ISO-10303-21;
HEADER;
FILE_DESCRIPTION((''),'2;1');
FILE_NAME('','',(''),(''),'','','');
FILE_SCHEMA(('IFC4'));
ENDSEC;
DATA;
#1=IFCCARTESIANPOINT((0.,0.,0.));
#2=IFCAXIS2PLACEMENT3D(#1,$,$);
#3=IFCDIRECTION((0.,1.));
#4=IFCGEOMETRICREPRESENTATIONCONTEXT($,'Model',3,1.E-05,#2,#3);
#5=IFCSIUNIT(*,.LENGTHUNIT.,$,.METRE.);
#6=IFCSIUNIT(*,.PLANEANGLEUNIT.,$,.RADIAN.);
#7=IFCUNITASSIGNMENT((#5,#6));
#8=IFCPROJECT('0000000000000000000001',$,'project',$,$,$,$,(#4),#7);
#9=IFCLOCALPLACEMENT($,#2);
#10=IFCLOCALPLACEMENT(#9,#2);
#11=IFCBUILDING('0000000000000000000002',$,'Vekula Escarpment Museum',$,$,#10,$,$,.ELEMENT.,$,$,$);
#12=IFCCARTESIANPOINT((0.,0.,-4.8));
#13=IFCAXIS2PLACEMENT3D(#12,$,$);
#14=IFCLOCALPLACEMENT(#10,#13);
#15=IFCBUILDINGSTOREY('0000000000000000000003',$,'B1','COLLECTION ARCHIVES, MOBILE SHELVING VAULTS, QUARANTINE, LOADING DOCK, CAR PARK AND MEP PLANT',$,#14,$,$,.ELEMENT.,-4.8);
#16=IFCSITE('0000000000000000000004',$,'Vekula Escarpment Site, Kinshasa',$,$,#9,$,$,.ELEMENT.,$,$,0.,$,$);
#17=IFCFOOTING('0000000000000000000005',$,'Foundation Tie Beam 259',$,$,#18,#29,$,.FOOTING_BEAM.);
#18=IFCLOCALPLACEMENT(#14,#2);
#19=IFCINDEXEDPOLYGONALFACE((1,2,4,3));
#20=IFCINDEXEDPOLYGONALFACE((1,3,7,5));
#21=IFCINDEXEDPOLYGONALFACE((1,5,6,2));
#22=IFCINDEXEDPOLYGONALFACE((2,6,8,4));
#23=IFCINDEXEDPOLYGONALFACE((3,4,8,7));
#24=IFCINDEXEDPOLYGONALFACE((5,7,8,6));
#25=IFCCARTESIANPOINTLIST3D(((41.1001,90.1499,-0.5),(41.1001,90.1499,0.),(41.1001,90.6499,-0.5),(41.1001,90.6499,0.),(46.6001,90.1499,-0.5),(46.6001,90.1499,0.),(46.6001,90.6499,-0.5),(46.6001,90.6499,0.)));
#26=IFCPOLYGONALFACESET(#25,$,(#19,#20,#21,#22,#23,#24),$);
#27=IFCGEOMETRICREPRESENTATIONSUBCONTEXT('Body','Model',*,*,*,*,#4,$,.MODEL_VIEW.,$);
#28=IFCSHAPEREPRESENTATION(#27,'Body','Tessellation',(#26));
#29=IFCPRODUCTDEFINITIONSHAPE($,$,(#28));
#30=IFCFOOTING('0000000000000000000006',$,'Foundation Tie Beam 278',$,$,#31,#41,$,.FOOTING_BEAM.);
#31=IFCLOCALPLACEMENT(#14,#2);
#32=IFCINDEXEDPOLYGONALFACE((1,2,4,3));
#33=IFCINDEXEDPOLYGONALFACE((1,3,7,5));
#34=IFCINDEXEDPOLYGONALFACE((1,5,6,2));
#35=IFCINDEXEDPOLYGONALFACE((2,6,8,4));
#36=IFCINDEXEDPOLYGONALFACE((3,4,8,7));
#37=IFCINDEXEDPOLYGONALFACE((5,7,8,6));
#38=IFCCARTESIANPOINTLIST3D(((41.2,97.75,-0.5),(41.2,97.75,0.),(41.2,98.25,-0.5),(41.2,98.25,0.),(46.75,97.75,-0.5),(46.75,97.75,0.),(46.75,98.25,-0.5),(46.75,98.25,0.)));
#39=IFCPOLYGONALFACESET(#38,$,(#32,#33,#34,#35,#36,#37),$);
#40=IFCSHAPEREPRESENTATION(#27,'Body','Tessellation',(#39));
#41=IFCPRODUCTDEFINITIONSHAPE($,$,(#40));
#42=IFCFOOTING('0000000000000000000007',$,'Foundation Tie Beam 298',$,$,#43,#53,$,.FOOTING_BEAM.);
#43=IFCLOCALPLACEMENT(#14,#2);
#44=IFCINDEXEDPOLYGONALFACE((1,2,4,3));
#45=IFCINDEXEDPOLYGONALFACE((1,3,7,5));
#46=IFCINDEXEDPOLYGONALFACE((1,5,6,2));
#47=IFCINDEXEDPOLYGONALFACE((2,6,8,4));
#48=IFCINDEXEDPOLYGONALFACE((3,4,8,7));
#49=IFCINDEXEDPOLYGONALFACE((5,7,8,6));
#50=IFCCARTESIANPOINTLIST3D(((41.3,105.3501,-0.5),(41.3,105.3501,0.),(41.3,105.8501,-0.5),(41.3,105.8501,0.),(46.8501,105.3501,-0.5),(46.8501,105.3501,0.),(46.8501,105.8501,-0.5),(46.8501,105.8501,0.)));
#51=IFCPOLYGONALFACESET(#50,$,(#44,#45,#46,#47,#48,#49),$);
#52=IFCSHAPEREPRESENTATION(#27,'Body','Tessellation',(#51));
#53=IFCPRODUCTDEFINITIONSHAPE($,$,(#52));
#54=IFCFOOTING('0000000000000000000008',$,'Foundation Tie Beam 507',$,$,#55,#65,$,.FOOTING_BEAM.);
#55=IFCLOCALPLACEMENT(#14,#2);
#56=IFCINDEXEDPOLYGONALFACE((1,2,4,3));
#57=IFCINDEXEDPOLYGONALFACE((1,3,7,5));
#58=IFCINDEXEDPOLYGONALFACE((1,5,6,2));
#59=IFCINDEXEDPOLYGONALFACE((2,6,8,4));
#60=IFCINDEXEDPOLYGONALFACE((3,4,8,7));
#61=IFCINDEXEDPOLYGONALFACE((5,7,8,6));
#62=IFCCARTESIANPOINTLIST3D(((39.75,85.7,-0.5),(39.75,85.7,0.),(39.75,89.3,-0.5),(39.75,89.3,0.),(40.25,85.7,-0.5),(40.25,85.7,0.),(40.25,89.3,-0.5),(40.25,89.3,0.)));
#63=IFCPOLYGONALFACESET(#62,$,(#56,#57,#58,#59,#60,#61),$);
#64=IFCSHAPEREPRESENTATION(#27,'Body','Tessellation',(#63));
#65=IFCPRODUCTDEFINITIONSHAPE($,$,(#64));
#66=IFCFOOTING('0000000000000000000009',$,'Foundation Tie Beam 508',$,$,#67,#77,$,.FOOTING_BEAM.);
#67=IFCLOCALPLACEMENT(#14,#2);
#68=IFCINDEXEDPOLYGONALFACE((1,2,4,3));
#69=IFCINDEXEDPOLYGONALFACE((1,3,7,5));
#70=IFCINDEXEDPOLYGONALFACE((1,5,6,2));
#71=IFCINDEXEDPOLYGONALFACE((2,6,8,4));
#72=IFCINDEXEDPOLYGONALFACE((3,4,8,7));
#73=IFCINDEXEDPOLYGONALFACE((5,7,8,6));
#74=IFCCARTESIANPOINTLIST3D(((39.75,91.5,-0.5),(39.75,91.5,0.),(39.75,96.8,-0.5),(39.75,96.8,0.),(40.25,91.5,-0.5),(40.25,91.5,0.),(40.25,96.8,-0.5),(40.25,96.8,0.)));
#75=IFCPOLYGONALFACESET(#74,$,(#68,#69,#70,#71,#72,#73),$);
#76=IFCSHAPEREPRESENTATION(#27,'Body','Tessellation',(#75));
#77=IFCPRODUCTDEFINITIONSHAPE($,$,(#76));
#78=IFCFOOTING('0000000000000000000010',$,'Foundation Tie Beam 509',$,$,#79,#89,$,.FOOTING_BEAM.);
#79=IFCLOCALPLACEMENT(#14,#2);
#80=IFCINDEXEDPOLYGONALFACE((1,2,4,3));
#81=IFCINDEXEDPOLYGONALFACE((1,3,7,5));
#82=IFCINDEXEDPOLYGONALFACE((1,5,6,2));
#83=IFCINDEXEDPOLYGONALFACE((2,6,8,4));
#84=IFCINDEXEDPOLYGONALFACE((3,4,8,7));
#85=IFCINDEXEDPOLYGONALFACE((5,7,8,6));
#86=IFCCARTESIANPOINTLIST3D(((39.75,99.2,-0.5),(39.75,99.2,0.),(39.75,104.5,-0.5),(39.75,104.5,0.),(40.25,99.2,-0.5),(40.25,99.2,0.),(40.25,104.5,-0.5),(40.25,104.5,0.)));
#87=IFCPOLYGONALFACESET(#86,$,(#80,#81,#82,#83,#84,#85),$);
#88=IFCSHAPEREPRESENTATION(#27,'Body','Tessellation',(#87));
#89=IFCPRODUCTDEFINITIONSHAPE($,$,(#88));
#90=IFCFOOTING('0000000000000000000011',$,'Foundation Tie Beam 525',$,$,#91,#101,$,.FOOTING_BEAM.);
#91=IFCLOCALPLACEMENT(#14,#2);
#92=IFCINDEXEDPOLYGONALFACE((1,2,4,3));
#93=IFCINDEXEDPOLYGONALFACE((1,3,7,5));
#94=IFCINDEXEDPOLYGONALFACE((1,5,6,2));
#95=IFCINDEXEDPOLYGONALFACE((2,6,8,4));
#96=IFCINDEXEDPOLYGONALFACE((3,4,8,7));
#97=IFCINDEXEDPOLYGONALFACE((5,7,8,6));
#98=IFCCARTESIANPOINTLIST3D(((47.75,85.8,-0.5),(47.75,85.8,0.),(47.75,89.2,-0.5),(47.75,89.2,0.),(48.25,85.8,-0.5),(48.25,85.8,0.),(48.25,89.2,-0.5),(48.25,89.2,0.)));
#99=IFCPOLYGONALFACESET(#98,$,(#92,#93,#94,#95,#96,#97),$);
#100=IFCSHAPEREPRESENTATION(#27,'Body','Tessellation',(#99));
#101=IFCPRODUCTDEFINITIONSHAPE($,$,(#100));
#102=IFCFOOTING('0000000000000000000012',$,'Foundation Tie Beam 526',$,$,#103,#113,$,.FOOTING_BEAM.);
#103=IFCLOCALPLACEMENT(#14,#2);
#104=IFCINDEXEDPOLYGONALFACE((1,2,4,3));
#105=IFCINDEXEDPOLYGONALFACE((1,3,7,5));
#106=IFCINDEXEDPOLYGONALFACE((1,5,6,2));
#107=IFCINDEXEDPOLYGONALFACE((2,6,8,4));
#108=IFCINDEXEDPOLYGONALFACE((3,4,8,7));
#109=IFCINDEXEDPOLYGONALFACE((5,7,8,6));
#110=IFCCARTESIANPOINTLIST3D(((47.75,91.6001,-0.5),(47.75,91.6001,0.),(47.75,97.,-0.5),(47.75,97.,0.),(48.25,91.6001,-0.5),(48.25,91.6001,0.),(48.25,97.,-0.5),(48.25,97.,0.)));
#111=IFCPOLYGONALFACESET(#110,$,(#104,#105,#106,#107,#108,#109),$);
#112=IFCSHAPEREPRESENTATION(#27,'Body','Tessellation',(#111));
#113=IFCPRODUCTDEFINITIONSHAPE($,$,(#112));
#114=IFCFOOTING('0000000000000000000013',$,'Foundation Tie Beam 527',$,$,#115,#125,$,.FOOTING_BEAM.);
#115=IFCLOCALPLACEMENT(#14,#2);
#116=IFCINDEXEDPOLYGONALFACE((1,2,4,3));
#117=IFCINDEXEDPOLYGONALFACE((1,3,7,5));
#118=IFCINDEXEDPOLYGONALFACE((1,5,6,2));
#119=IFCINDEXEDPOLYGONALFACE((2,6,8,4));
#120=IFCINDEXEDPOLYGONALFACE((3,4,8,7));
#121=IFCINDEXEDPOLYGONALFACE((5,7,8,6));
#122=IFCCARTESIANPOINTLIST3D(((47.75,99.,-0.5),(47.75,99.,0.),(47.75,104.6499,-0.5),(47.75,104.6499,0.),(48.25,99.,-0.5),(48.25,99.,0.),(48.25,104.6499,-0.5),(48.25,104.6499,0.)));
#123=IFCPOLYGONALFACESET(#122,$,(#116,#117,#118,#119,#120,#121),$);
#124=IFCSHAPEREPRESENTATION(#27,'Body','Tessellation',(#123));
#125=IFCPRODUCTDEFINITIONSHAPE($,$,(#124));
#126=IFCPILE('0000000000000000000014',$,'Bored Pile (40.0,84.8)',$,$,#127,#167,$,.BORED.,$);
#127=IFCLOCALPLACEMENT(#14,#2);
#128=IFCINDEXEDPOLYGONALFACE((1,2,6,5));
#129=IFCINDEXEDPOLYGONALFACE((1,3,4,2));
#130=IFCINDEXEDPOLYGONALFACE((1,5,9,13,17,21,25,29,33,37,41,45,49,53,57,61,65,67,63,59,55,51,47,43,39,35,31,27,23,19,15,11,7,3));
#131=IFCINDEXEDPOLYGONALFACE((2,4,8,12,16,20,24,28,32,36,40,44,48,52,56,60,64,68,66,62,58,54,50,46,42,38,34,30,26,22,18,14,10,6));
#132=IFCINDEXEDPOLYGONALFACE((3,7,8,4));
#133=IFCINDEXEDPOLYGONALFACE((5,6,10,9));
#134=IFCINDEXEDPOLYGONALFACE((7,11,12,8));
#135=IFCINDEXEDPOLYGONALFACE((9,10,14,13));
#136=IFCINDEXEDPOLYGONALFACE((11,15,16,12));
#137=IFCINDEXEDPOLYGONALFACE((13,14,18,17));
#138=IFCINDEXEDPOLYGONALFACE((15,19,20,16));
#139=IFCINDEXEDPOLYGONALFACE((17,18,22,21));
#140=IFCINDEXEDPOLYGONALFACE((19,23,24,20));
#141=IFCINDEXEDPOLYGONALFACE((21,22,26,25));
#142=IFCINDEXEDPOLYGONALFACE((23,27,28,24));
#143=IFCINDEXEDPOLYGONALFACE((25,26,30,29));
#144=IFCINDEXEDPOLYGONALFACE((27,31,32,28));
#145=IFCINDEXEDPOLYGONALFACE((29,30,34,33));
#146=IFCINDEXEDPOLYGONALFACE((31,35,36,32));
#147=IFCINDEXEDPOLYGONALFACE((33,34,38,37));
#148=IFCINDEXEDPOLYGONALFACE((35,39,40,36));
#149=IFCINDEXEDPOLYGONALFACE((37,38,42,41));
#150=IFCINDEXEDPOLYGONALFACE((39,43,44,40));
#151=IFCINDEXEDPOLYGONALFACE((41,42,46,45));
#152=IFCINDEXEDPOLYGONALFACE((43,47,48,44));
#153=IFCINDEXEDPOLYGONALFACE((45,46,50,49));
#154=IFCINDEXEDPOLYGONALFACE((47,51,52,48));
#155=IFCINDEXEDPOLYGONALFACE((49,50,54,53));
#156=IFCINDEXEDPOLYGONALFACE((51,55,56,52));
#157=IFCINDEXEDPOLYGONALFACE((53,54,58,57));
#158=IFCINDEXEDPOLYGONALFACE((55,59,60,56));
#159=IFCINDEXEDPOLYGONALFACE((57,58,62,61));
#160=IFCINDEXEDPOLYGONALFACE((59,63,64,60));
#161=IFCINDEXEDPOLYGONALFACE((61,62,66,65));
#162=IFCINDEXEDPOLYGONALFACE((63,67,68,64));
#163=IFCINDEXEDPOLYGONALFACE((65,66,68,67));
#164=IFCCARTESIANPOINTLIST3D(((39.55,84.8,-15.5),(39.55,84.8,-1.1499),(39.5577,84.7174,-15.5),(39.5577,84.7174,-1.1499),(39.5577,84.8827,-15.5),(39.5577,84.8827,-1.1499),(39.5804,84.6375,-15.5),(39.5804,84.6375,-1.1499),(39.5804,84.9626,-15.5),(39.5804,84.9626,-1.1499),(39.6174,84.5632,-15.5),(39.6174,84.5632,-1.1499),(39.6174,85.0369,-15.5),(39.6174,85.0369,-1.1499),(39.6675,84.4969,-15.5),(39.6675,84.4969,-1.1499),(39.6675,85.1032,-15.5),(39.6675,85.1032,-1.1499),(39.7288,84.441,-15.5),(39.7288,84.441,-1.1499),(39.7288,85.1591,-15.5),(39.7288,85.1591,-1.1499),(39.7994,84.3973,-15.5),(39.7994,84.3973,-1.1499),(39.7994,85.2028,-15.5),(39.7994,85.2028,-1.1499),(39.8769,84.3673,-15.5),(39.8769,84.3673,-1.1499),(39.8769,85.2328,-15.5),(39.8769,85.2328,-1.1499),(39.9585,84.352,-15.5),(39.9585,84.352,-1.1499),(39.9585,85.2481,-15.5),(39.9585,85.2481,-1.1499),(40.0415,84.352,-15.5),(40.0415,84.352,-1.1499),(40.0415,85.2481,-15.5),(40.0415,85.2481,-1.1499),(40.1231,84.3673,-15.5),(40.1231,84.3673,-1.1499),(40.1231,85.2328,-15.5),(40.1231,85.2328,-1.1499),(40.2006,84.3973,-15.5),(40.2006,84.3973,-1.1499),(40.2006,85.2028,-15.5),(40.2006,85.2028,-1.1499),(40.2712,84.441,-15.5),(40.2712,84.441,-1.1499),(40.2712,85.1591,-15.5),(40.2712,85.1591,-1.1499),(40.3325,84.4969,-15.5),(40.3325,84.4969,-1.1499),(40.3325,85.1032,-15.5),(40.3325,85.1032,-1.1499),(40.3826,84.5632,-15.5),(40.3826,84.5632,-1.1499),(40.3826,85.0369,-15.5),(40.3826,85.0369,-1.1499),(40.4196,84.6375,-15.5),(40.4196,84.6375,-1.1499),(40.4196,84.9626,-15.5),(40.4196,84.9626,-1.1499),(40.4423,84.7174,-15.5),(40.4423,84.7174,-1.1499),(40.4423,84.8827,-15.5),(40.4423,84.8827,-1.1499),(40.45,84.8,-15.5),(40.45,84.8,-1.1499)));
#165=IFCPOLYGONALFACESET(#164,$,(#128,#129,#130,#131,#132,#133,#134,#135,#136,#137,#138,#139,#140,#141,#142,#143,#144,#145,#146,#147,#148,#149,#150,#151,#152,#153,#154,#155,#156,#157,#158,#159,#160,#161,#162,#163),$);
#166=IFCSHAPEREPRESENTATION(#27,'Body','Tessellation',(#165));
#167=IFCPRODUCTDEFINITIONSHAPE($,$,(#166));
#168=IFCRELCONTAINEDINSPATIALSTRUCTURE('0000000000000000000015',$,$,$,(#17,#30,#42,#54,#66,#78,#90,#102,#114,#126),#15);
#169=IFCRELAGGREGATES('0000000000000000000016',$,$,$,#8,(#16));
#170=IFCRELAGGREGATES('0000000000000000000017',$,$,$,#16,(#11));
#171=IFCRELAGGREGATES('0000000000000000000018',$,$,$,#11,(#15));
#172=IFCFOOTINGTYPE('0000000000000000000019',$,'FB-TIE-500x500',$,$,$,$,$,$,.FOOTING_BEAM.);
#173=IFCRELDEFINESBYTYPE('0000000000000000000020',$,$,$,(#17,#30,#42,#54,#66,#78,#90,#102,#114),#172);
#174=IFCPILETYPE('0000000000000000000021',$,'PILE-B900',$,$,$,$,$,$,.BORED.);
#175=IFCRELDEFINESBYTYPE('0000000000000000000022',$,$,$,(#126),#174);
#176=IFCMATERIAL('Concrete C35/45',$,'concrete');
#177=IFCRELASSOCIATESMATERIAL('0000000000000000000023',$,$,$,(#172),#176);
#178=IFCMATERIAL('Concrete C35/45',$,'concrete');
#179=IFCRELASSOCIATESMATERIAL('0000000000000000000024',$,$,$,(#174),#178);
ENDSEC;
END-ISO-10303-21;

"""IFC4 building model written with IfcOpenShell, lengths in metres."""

from ifc_helpers import new_model, si_unit, direction, frame, origin, origin_2d, place, context, subcontext, project, spatial, rectangle, circle, extrude, material, material_profile, profile_set, type_object, element, save


model = new_model("IFC4")

# Units and contexts
model_context = context("Model", 3, precision=1e-05, world=origin(), true_north=direction((0.0, 1.0)))
body_context = subcontext(model_context, "Body", "Model", "MODEL_VIEW")
ifc_project = project(units=[si_unit("LENGTHUNIT", "METRE"), si_unit("PLANEANGLEUNIT", "RADIAN")], contexts=[model_context])

# Site, building, storey
site_placement = place(None, origin())
site = spatial("IfcSite", under=ifc_project, at=site_placement, Name="Vekula Escarpment Site, Kinshasa", CompositionType="ELEMENT", RefElevation=0.0)
building_placement = place(site_placement, origin())
building = spatial("IfcBuilding", under=site, at=building_placement, Name="Vekula Escarpment Museum", CompositionType="ELEMENT")
storey_placement = place(building_placement, frame((0.0, 0.0, -4.8)))
storey = spatial("IfcBuildingStorey", under=building, at=storey_placement, Name="B1", Description="COLLECTION ARCHIVES, MOBILE SHELVING VAULTS, QUARANTINE, LOADING DOCK, CAR PARK AND MEP PLANT", CompositionType="ELEMENT", Elevation=-4.8)

# Footings
ifc_material_1 = material(Name="Concrete C35/45", Category="concrete")
ifc_material_profile_1 = material_profile(ifc_material_1, rectangle(XDim=0.5, YDim=0.5, at=origin_2d()), Name="RC 500x500")
ifc_profile_set_1 = profile_set([ifc_material_profile_1], Name="Concrete C35/45")
footing_type = type_object("IfcFootingType", Name="FB-TIE-500x500", PredefinedType="FOOTING_BEAM", material=ifc_profile_set_1)
footing_1_placement = place(storey_placement, frame((41.1001, 90.3999, -0.25), z_axis=(1.0, 0.0, 0.0), x_axis=(0.0, 1.0, 0.0)))
element("IfcFooting", 1, at=footing_1_placement, inside=storey, type_object=footing_type, Name="Foundation Tie Beam 259", PredefinedType="FOOTING_BEAM", context=body_context, shape_type="SweptSolid", body=[
    extrude(rectangle(XDim=0.5, YDim=0.5, at=origin_2d()), origin(), (0.0, 0.0, 1.0), 5.5),
])
for number, where, z_axis, x_axis, name in (
    (2, (41.2, 98.0, -0.25), (1.0, 0.0, 0.0), (0.0, 1.0, 0.0), "Foundation Tie Beam 278"),
    (3, (41.3, 105.6001, -0.25), (1.0, 0.0, 0.0), (0.0, 1.0, 0.0), "Foundation Tie Beam 298"),
):
    element("IfcFooting", number, at=place(storey_placement, frame(where, z_axis=z_axis, x_axis=x_axis)), inside=storey, type_object=footing_type, Name=name, PredefinedType="FOOTING_BEAM", context=body_context, shape_type="SweptSolid", body=[
        extrude(rectangle(XDim=0.5, YDim=0.5, at=origin_2d()), origin(), (0.0, 0.0, 1.0), 5.55),
    ])
footing_2_placement = place(storey_placement, frame((40.0, 85.7, -0.25), z_axis=(0.0, 1.0, 0.0), x_axis=(-1.0, 0.0, 0.0)))
element("IfcFooting", 4, at=footing_2_placement, inside=storey, type_object=footing_type, Name="Foundation Tie Beam 507", PredefinedType="FOOTING_BEAM", context=body_context, shape_type="SweptSolid", body=[
    extrude(rectangle(XDim=0.5, YDim=0.5, at=origin_2d()), origin(), (0.0, 0.0, 1.0), 3.6001),
])
for number, where, z_axis, x_axis, name in (
    (5, (40.0, 91.5, -0.25), (0.0, 1.0, 0.0), (-1.0, 0.0, 0.0), "Foundation Tie Beam 508"),
    (6, (40.0, 99.2, -0.25), (0.0, 1.0, 0.0), (-1.0, 0.0, 0.0), "Foundation Tie Beam 509"),
):
    element("IfcFooting", number, at=place(storey_placement, frame(where, z_axis=z_axis, x_axis=x_axis)), inside=storey, type_object=footing_type, Name=name, PredefinedType="FOOTING_BEAM", context=body_context, shape_type="SweptSolid", body=[
        extrude(rectangle(XDim=0.5, YDim=0.5, at=origin_2d()), origin(), (0.0, 0.0, 1.0), 5.3),
    ])
footing_3_placement = place(storey_placement, frame((48.0, 85.8, -0.25), z_axis=(0.0, 1.0, 0.0), x_axis=(-1.0, 0.0, 0.0)))
element("IfcFooting", 7, at=footing_3_placement, inside=storey, type_object=footing_type, Name="Foundation Tie Beam 525", PredefinedType="FOOTING_BEAM", context=body_context, shape_type="SweptSolid", body=[
    extrude(rectangle(XDim=0.5, YDim=0.5, at=origin_2d()), origin(), (0.0, 0.0, 1.0), 3.3999),
])
footing_4_placement = place(storey_placement, frame((48.0, 91.6001, -0.25), z_axis=(0.0, 1.0, 0.0), x_axis=(-1.0, 0.0, 0.0)))
element("IfcFooting", 8, at=footing_4_placement, inside=storey, type_object=footing_type, Name="Foundation Tie Beam 526", PredefinedType="FOOTING_BEAM", context=body_context, shape_type="SweptSolid", body=[
    extrude(rectangle(XDim=0.5, YDim=0.5, at=origin_2d()), origin(), (0.0, 0.0, 1.0), 5.3999),
])
footing_5_placement = place(storey_placement, frame((48.0, 99.0, -0.25), z_axis=(0.0, 1.0, 0.0), x_axis=(-1.0, 0.0, 0.0)))
element("IfcFooting", 9, at=footing_5_placement, inside=storey, type_object=footing_type, Name="Foundation Tie Beam 527", PredefinedType="FOOTING_BEAM", context=body_context, shape_type="SweptSolid", body=[
    extrude(rectangle(XDim=0.5, YDim=0.5, at=origin_2d()), origin(), (0.0, 0.0, 1.0), 5.6499),
])

# Pile
ifc_material_2 = material(Name="Concrete C35/45", Category="concrete")
ifc_material_profile_2 = material_profile(ifc_material_2, circle(Radius=0.45, at=origin_2d()), Name="BORED PILE 900")
ifc_profile_set_2 = profile_set([ifc_material_profile_2], Name="Concrete C35/45")
pile_type = type_object("IfcPileType", Name="PILE-B900", PredefinedType="BORED", material=ifc_profile_set_2)
pile_1_placement = place(storey_placement, frame((40.0, 84.8, -1.1499), z_axis=(0.0, 0.0, -1.0), x_axis=(1.0, 0.0, 0.0)))
element("IfcPile", 10, at=pile_1_placement, inside=storey, type_object=pile_type, Name="Bored Pile (40.0,84.8)", PredefinedType="BORED", context=body_context, shape_type="SweptSolid", body=[
    extrude(circle(Radius=0.45, at=origin_2d()), origin(), (0.0, 0.0, 1.0), 14.3501),
])

save(model, "model.ifc")
